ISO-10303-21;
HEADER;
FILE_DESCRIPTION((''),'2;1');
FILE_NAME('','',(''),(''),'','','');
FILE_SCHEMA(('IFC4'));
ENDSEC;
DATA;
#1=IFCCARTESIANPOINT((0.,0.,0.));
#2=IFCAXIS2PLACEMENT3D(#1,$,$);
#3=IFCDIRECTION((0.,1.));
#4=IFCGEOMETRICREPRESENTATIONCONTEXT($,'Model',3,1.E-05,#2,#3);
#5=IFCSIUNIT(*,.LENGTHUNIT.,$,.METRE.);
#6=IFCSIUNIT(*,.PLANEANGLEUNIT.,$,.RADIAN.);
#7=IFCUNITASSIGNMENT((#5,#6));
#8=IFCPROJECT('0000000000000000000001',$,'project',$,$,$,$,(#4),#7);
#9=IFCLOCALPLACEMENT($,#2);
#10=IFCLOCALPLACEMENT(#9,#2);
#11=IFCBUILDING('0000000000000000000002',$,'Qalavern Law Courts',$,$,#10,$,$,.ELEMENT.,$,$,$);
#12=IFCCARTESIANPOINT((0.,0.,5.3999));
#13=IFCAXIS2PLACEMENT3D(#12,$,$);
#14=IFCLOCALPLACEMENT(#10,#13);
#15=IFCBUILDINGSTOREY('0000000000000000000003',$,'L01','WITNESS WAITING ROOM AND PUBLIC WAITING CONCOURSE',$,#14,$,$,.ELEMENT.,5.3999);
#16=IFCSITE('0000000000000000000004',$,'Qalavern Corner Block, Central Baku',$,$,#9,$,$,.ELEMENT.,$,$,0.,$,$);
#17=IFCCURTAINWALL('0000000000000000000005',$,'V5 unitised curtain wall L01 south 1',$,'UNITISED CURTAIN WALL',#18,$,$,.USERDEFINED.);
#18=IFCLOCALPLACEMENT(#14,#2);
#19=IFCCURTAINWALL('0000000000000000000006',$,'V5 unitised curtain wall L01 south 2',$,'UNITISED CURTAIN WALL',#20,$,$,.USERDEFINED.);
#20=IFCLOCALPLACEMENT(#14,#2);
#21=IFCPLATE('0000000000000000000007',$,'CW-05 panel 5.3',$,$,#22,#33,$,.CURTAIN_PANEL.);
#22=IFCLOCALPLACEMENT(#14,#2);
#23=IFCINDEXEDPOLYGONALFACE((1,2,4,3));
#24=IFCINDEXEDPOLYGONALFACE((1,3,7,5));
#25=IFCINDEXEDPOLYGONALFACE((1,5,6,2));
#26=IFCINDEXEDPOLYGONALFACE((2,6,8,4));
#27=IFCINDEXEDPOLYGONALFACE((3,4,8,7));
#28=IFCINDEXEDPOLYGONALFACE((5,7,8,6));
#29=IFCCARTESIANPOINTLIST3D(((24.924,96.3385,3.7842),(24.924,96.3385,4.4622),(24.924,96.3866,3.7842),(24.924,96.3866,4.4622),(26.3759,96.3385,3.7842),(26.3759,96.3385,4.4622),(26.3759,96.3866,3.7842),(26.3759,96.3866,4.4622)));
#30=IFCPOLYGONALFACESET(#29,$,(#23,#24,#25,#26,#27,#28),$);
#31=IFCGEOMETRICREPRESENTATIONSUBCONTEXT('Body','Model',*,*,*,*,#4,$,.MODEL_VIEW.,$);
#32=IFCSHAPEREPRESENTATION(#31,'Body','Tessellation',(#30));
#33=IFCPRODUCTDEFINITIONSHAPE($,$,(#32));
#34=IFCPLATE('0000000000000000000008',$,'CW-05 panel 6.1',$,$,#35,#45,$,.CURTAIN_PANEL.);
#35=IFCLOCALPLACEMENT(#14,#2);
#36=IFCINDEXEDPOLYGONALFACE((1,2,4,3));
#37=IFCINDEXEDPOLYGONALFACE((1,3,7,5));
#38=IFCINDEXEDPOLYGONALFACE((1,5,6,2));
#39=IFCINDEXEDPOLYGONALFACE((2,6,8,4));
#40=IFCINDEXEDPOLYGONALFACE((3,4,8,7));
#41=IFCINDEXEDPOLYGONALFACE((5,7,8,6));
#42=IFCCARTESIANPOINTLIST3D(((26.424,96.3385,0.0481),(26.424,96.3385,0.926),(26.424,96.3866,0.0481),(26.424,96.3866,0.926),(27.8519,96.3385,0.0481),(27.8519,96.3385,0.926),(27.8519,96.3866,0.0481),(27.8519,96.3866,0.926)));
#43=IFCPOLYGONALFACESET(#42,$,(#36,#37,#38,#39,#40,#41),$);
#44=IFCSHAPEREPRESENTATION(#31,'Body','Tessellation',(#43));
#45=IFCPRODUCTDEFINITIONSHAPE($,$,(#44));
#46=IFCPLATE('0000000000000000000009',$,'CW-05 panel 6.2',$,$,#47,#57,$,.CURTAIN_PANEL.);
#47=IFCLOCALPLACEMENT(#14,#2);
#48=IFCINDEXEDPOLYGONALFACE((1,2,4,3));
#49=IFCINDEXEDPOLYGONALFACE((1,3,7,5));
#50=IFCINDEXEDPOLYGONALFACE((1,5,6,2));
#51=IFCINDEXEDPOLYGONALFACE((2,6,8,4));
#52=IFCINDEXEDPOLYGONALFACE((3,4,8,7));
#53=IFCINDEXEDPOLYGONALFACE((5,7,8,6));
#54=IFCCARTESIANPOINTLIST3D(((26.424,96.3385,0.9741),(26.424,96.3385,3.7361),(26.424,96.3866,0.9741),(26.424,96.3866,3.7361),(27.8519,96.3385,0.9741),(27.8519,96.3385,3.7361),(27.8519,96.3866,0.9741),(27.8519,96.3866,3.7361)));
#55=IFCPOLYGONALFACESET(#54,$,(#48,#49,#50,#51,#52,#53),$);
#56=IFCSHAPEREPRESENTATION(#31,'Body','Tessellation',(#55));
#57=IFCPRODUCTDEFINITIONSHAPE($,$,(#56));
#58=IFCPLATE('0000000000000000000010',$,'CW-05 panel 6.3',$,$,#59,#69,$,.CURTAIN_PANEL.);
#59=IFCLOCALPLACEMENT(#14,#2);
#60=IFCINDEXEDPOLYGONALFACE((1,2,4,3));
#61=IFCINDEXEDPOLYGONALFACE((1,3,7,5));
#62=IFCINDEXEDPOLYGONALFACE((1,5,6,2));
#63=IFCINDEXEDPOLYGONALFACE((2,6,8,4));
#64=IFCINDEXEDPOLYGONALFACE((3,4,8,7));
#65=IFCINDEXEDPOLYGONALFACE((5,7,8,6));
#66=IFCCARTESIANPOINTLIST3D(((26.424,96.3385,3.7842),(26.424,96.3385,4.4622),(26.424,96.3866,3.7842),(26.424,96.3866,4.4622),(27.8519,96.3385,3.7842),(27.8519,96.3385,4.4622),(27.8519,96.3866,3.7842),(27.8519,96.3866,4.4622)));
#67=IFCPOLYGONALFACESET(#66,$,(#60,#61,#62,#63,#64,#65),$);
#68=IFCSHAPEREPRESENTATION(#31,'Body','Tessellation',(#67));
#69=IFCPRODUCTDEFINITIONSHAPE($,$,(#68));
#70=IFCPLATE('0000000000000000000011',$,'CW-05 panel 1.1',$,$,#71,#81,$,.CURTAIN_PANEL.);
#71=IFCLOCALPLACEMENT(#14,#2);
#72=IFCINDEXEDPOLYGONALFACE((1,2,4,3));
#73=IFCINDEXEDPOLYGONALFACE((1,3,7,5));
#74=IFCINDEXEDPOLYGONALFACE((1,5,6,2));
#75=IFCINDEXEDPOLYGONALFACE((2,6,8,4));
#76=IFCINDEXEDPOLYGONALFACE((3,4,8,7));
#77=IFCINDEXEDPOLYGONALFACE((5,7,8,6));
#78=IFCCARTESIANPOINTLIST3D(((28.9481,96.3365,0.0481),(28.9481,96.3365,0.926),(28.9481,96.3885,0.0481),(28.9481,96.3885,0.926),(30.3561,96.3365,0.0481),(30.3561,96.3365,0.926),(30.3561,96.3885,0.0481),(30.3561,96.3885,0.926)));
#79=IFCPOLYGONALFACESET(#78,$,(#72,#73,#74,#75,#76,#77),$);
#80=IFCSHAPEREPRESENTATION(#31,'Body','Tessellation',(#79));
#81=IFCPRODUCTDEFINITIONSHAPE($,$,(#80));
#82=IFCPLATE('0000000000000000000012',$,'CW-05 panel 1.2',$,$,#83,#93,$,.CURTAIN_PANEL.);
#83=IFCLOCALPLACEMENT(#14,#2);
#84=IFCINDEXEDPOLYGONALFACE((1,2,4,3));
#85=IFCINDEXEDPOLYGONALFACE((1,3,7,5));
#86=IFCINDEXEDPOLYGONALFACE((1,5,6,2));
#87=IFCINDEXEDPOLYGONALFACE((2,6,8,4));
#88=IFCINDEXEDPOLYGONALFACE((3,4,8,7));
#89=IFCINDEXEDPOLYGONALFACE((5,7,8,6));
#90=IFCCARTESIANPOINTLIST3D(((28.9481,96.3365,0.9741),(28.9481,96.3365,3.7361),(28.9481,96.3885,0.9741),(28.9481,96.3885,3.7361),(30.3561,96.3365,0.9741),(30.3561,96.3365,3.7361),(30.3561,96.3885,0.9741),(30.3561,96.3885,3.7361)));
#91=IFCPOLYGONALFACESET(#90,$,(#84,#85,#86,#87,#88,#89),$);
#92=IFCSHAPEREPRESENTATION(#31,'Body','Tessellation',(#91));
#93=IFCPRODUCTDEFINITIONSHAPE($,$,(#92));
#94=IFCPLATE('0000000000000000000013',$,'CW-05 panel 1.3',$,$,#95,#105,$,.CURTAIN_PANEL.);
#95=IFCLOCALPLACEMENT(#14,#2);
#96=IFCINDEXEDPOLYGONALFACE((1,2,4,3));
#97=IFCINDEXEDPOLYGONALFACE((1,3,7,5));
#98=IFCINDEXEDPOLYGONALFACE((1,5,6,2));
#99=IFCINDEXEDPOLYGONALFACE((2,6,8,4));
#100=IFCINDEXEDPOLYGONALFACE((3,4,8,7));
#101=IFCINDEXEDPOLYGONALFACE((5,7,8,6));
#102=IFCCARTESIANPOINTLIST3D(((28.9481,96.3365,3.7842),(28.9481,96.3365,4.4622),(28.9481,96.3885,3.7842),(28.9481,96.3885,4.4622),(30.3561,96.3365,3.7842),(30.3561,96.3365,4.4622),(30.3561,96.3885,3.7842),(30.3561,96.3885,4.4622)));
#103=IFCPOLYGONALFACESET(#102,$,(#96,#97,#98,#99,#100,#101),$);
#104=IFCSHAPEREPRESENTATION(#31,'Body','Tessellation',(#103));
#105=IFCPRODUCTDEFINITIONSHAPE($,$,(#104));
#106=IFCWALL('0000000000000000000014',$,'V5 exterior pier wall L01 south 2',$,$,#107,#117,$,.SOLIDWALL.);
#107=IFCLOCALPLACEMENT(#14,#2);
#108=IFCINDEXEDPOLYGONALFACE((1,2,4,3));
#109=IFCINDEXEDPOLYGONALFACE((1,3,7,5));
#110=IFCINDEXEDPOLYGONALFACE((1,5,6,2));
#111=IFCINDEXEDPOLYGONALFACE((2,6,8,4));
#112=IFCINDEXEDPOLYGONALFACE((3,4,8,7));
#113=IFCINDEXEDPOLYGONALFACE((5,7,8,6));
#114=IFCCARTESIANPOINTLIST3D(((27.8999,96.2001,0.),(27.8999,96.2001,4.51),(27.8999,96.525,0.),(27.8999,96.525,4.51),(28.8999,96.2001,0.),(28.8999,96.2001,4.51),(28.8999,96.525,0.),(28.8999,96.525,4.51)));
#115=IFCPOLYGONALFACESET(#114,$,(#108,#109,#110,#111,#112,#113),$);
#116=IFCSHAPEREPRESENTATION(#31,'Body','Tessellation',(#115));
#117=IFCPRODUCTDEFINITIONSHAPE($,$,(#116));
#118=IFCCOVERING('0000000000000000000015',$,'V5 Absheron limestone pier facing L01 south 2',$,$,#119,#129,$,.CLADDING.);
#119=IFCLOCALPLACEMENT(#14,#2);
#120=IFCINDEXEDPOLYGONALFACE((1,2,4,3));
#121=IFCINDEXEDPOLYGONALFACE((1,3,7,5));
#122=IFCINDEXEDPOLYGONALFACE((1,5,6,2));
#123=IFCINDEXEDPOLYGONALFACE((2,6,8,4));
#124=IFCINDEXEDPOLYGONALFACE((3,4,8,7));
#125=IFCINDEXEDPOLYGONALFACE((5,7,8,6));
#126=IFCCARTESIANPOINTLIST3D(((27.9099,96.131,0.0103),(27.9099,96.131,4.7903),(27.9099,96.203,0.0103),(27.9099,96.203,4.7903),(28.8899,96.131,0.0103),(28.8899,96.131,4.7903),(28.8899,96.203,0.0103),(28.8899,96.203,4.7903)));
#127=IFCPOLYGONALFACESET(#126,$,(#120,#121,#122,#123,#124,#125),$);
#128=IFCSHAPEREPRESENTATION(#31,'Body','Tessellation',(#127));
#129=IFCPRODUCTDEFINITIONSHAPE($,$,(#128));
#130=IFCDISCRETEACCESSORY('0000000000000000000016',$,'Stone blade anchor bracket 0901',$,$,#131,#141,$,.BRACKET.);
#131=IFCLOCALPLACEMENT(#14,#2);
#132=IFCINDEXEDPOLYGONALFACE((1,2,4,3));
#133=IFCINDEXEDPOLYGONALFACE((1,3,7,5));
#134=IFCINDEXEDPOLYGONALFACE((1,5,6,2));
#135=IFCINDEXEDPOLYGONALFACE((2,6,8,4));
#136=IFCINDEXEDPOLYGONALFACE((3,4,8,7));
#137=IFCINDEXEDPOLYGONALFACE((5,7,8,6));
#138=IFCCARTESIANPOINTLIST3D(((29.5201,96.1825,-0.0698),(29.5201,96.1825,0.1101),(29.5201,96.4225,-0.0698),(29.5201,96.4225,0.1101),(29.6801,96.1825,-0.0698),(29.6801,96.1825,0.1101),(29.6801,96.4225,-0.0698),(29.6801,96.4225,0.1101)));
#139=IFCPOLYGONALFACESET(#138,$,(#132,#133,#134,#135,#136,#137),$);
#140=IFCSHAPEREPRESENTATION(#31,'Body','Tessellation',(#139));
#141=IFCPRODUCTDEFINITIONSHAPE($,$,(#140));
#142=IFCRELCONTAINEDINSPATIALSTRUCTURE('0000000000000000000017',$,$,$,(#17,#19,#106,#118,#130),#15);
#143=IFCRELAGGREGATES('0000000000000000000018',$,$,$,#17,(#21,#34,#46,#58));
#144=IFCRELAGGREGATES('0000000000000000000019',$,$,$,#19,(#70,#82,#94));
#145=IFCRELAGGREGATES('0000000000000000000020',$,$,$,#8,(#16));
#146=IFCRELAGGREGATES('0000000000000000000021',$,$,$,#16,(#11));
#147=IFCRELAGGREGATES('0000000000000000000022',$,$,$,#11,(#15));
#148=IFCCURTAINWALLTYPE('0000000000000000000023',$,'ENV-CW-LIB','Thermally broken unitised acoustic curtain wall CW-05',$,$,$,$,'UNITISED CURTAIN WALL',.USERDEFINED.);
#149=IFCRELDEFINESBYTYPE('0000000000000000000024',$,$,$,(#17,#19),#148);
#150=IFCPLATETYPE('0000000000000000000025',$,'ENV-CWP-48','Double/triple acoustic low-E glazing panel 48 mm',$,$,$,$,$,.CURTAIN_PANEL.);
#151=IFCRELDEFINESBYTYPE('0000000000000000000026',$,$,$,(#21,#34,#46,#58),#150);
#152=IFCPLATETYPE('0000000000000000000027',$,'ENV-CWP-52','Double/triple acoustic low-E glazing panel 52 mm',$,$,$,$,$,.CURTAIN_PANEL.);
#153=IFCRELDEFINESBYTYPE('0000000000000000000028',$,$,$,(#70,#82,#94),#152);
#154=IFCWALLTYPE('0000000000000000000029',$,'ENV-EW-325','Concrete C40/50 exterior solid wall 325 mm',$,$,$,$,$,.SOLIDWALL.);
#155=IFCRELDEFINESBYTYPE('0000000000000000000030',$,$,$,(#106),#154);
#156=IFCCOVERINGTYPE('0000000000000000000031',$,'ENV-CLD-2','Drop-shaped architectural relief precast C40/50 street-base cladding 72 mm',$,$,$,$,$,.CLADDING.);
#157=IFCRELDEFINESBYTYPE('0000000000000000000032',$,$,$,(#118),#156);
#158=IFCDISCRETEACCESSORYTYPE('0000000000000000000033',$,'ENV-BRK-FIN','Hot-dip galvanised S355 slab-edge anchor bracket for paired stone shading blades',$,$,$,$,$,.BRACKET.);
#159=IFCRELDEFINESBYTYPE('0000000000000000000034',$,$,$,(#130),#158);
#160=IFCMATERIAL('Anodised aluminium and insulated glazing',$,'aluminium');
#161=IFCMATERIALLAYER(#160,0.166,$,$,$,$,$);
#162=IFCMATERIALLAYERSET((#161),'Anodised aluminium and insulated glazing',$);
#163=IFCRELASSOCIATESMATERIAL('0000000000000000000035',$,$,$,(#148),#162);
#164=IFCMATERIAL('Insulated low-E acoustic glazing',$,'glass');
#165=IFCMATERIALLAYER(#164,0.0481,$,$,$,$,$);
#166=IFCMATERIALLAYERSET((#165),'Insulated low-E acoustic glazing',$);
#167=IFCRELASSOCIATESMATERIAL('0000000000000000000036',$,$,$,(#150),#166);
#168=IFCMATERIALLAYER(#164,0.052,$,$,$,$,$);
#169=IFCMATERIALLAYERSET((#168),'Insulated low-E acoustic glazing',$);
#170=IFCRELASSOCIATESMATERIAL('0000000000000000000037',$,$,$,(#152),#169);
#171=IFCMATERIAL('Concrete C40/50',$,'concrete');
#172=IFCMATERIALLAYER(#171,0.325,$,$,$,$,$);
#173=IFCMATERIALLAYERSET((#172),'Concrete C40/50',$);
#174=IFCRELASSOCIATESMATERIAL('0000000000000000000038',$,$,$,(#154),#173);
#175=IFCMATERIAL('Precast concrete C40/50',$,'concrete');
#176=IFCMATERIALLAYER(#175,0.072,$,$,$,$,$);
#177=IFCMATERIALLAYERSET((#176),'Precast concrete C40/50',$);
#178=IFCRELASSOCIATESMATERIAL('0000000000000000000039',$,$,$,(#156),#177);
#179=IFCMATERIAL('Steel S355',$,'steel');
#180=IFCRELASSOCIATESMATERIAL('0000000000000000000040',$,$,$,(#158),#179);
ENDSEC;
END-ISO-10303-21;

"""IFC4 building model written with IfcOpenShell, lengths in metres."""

from ifc_helpers import new_model, si_unit, direction, frame, frame_2d, origin, origin_2d, place, context, subcontext, project, spatial, rectangle, extrude, material, layer, layer_set, type_object, element, aggregate, save


model = new_model("IFC4")

# Units and contexts
model_context = context("Model", 3, precision=1e-05, world=origin(), true_north=direction((0.0, 1.0)))
body_context = subcontext(model_context, "Body", "Model", "MODEL_VIEW")
ifc_project = project(units=[si_unit("LENGTHUNIT", "METRE"), si_unit("PLANEANGLEUNIT", "RADIAN")], contexts=[model_context])

# Site, building, storey
site_placement = place(None, origin())
site = spatial("IfcSite", under=ifc_project, at=site_placement, Name="Qalavern Corner Block, Central Baku", CompositionType="ELEMENT", RefElevation=0.0)
building_placement = place(site_placement, origin())
building = spatial("IfcBuilding", under=site, at=building_placement, Name="Qalavern Law Courts", CompositionType="ELEMENT")
storey_placement = place(building_placement, frame((0.0, 0.0, 5.3999)))
storey = spatial("IfcBuildingStorey", under=building, at=storey_placement, Name="L01", Description="WITNESS WAITING ROOM AND PUBLIC WAITING CONCOURSE", CompositionType="ELEMENT", Elevation=5.3999)

# Curtain wall
ifc_material_1 = material(Name="Anodised aluminium and insulated glazing", Category="aluminium")
ifc_layer_1 = layer(ifc_material_1, 0.166)
ifc_layer_set_1 = layer_set([ifc_layer_1], Name="Anodised aluminium and insulated glazing")
curtain_wall_type = type_object("IfcCurtainWallType", Name="ENV-CW-LIB", Description="Thermally broken unitised acoustic curtain wall CW-05", ElementType="UNITISED CURTAIN WALL", PredefinedType="USERDEFINED", material=ifc_layer_set_1)
curtain_wall_1_placement = place(storey_placement, origin())
curtain_wall_1 = element("IfcCurtainWall", 1, at=curtain_wall_1_placement, inside=storey, type_object=curtain_wall_type, Name="V5 unitised curtain wall L01 south 1", ObjectType="UNITISED CURTAIN WALL", PredefinedType="USERDEFINED")

# Curtain wall
curtain_wall_2_placement = place(storey_placement, origin())
curtain_wall_2 = element("IfcCurtainWall", 2, at=curtain_wall_2_placement, inside=storey, type_object=curtain_wall_type, Name="V5 unitised curtain wall L01 south 2", ObjectType="UNITISED CURTAIN WALL", PredefinedType="USERDEFINED")

# Plates
ifc_material_2 = material(Name="Insulated low-E acoustic glazing", Category="glass")
ifc_layer_2 = layer(ifc_material_2, 0.0481)
ifc_layer_set_2 = layer_set([ifc_layer_2], Name="Insulated low-E acoustic glazing")
plate_type_1 = type_object("IfcPlateType", Name="ENV-CWP-48", Description="Double/triple acoustic low-E glazing panel 48 mm", PredefinedType="CURTAIN_PANEL", material=ifc_layer_set_2)
plate_1_placement = place(storey_placement, frame((25.6499, 96.3625, 3.7842), z_axis=(0.0, 0.0, 1.0), x_axis=(1.0, 0.0, 0.0)))
plate_1 = element("IfcPlate", 3, at=plate_1_placement, type_object=plate_type_1, Name="CW-05 panel 5.3", PredefinedType="CURTAIN_PANEL", context=body_context, shape_type="SweptSolid", body=[
    extrude(rectangle(XDim=1.4519, YDim=0.0481, at=origin_2d()), origin(), (0.0, 0.0, 1.0), 0.678),
])
plate_2_placement = place(storey_placement, frame((27.1379, 96.3625, 0.0481), z_axis=(0.0, 0.0, 1.0), x_axis=(1.0, 0.0, 0.0)))
plate_2 = element("IfcPlate", 4, at=plate_2_placement, type_object=plate_type_1, Name="CW-05 panel 6.1", PredefinedType="CURTAIN_PANEL", context=body_context, shape_type="SweptSolid", body=[
    extrude(rectangle(XDim=1.428, YDim=0.0481, at=origin_2d()), origin(), (0.0, 0.0, 1.0), 0.8779),
])
plate_3_placement = place(storey_placement, frame((27.1379, 96.3625, 0.9741), z_axis=(0.0, 0.0, 1.0), x_axis=(1.0, 0.0, 0.0)))
plate_3 = element("IfcPlate", 5, at=plate_3_placement, type_object=plate_type_1, Name="CW-05 panel 6.2", PredefinedType="CURTAIN_PANEL", context=body_context, shape_type="SweptSolid", body=[
    extrude(rectangle(XDim=1.428, YDim=0.0481, at=origin_2d()), origin(), (0.0, 0.0, 1.0), 2.762),
])
plate_4_placement = place(storey_placement, frame((27.1379, 96.3625, 3.7842), z_axis=(0.0, 0.0, 1.0), x_axis=(1.0, 0.0, 0.0)))
plate_4 = element("IfcPlate", 6, at=plate_4_placement, type_object=plate_type_1, Name="CW-05 panel 6.3", PredefinedType="CURTAIN_PANEL", context=body_context, shape_type="SweptSolid", body=[
    extrude(rectangle(XDim=1.428, YDim=0.0481, at=origin_2d()), origin(), (0.0, 0.0, 1.0), 0.678),
])
aggregate(curtain_wall_1, [plate_1, plate_2, plate_3, plate_4])
ifc_layer_3 = layer(ifc_material_2, 0.052)
ifc_layer_set_3 = layer_set([ifc_layer_3], Name="Insulated low-E acoustic glazing")
plate_type_2 = type_object("IfcPlateType", Name="ENV-CWP-52", Description="Double/triple acoustic low-E glazing panel 52 mm", PredefinedType="CURTAIN_PANEL", material=ifc_layer_set_3)
plate_5_placement = place(storey_placement, frame((29.6521, 96.3625, 0.0481), z_axis=(0.0, 0.0, 1.0), x_axis=(1.0, 0.0, 0.0)))
plate_5 = element("IfcPlate", 7, at=plate_5_placement, type_object=plate_type_2, Name="CW-05 panel 1.1", PredefinedType="CURTAIN_PANEL", context=body_context, shape_type="SweptSolid", body=[
    extrude(rectangle(XDim=1.408, YDim=0.052, at=origin_2d()), origin(), (0.0, 0.0, 1.0), 0.8779),
])
plate_6_placement = place(storey_placement, frame((29.6521, 96.3625, 0.9741), z_axis=(0.0, 0.0, 1.0), x_axis=(1.0, 0.0, 0.0)))
plate_6 = element("IfcPlate", 8, at=plate_6_placement, type_object=plate_type_2, Name="CW-05 panel 1.2", PredefinedType="CURTAIN_PANEL", context=body_context, shape_type="SweptSolid", body=[
    extrude(rectangle(XDim=1.408, YDim=0.052, at=origin_2d()), origin(), (0.0, 0.0, 1.0), 2.762),
])
plate_7_placement = place(storey_placement, frame((29.6521, 96.3625, 3.7842), z_axis=(0.0, 0.0, 1.0), x_axis=(1.0, 0.0, 0.0)))
plate_7 = element("IfcPlate", 9, at=plate_7_placement, type_object=plate_type_2, Name="CW-05 panel 1.3", PredefinedType="CURTAIN_PANEL", context=body_context, shape_type="SweptSolid", body=[
    extrude(rectangle(XDim=1.408, YDim=0.052, at=origin_2d()), origin(), (0.0, 0.0, 1.0), 0.678),
])
aggregate(curtain_wall_2, [plate_5, plate_6, plate_7])

# Wall
ifc_material_3 = material(Name="Concrete C40/50", Category="concrete")
ifc_layer_4 = layer(ifc_material_3, 0.325)
ifc_layer_set_4 = layer_set([ifc_layer_4], Name="Concrete C40/50")
wall_type = type_object("IfcWallType", Name="ENV-EW-325", Description="Concrete C40/50 exterior solid wall 325 mm", PredefinedType="SOLIDWALL", material=ifc_layer_set_4)
wall_placement = place(storey_placement, frame((27.8999, 96.3625, 0.0), z_axis=(0.0, 0.0, 1.0), x_axis=(1.0, 0.0, 0.0)))
element("IfcWall", 10, at=wall_placement, inside=storey, type_object=wall_type, Name="V5 exterior pier wall L01 south 2", PredefinedType="SOLIDWALL", context=body_context, shape_type="SweptSolid", body=[
    extrude(rectangle(XDim=1.0, YDim=0.325, at=frame_2d((0.5, 0.0))), origin(), (0.0, 0.0, 1.0), 4.51),
])

# Covering
ifc_material_4 = material(Name="Precast concrete C40/50", Category="concrete")
ifc_layer_5 = layer(ifc_material_4, 0.072)
ifc_layer_set_5 = layer_set([ifc_layer_5], Name="Precast concrete C40/50")
covering_type = type_object("IfcCoveringType", Name="ENV-CLD-2", Description="Drop-shaped architectural relief precast C40/50 street-base cladding 72 mm", PredefinedType="CLADDING", material=ifc_layer_set_5)
covering_placement = place(storey_placement, frame((28.3999, 96.167, 0.0103), z_axis=(0.0, 0.0, 1.0), x_axis=(1.0, 0.0, 0.0)))
element("IfcCovering", 11, at=covering_placement, inside=storey, type_object=covering_type, Name="V5 Absheron limestone pier facing L01 south 2", PredefinedType="CLADDING", context=body_context, shape_type="SweptSolid", body=[
    extrude(rectangle(XDim=0.98, YDim=0.072, at=origin_2d()), origin(), (0.0, 0.0, 1.0), 4.78),
])

# Discrete accessory
ifc_material_5 = material(Name="Steel S355", Category="steel")
discrete_accessory_type = type_object("IfcDiscreteAccessoryType", Name="ENV-BRK-FIN", Description="Hot-dip galvanised S355 slab-edge anchor bracket for paired stone shading blades", PredefinedType="BRACKET", material=ifc_material_5)
discrete_accessory_placement = place(storey_placement, frame((29.6001, 96.3025, -0.0698), z_axis=(0.0, 0.0, 1.0), x_axis=(0.0, -1.0, 0.0)))
element("IfcDiscreteAccessory", 12, at=discrete_accessory_placement, inside=storey, type_object=discrete_accessory_type, Name="Stone blade anchor bracket 0901", PredefinedType="BRACKET", context=body_context, shape_type="SweptSolid", body=[
    extrude(rectangle(XDim=0.24, YDim=0.1599, at=origin_2d()), origin(), (0.0, 0.0, 1.0), 0.1799),
])

save(model, "model.ifc")
